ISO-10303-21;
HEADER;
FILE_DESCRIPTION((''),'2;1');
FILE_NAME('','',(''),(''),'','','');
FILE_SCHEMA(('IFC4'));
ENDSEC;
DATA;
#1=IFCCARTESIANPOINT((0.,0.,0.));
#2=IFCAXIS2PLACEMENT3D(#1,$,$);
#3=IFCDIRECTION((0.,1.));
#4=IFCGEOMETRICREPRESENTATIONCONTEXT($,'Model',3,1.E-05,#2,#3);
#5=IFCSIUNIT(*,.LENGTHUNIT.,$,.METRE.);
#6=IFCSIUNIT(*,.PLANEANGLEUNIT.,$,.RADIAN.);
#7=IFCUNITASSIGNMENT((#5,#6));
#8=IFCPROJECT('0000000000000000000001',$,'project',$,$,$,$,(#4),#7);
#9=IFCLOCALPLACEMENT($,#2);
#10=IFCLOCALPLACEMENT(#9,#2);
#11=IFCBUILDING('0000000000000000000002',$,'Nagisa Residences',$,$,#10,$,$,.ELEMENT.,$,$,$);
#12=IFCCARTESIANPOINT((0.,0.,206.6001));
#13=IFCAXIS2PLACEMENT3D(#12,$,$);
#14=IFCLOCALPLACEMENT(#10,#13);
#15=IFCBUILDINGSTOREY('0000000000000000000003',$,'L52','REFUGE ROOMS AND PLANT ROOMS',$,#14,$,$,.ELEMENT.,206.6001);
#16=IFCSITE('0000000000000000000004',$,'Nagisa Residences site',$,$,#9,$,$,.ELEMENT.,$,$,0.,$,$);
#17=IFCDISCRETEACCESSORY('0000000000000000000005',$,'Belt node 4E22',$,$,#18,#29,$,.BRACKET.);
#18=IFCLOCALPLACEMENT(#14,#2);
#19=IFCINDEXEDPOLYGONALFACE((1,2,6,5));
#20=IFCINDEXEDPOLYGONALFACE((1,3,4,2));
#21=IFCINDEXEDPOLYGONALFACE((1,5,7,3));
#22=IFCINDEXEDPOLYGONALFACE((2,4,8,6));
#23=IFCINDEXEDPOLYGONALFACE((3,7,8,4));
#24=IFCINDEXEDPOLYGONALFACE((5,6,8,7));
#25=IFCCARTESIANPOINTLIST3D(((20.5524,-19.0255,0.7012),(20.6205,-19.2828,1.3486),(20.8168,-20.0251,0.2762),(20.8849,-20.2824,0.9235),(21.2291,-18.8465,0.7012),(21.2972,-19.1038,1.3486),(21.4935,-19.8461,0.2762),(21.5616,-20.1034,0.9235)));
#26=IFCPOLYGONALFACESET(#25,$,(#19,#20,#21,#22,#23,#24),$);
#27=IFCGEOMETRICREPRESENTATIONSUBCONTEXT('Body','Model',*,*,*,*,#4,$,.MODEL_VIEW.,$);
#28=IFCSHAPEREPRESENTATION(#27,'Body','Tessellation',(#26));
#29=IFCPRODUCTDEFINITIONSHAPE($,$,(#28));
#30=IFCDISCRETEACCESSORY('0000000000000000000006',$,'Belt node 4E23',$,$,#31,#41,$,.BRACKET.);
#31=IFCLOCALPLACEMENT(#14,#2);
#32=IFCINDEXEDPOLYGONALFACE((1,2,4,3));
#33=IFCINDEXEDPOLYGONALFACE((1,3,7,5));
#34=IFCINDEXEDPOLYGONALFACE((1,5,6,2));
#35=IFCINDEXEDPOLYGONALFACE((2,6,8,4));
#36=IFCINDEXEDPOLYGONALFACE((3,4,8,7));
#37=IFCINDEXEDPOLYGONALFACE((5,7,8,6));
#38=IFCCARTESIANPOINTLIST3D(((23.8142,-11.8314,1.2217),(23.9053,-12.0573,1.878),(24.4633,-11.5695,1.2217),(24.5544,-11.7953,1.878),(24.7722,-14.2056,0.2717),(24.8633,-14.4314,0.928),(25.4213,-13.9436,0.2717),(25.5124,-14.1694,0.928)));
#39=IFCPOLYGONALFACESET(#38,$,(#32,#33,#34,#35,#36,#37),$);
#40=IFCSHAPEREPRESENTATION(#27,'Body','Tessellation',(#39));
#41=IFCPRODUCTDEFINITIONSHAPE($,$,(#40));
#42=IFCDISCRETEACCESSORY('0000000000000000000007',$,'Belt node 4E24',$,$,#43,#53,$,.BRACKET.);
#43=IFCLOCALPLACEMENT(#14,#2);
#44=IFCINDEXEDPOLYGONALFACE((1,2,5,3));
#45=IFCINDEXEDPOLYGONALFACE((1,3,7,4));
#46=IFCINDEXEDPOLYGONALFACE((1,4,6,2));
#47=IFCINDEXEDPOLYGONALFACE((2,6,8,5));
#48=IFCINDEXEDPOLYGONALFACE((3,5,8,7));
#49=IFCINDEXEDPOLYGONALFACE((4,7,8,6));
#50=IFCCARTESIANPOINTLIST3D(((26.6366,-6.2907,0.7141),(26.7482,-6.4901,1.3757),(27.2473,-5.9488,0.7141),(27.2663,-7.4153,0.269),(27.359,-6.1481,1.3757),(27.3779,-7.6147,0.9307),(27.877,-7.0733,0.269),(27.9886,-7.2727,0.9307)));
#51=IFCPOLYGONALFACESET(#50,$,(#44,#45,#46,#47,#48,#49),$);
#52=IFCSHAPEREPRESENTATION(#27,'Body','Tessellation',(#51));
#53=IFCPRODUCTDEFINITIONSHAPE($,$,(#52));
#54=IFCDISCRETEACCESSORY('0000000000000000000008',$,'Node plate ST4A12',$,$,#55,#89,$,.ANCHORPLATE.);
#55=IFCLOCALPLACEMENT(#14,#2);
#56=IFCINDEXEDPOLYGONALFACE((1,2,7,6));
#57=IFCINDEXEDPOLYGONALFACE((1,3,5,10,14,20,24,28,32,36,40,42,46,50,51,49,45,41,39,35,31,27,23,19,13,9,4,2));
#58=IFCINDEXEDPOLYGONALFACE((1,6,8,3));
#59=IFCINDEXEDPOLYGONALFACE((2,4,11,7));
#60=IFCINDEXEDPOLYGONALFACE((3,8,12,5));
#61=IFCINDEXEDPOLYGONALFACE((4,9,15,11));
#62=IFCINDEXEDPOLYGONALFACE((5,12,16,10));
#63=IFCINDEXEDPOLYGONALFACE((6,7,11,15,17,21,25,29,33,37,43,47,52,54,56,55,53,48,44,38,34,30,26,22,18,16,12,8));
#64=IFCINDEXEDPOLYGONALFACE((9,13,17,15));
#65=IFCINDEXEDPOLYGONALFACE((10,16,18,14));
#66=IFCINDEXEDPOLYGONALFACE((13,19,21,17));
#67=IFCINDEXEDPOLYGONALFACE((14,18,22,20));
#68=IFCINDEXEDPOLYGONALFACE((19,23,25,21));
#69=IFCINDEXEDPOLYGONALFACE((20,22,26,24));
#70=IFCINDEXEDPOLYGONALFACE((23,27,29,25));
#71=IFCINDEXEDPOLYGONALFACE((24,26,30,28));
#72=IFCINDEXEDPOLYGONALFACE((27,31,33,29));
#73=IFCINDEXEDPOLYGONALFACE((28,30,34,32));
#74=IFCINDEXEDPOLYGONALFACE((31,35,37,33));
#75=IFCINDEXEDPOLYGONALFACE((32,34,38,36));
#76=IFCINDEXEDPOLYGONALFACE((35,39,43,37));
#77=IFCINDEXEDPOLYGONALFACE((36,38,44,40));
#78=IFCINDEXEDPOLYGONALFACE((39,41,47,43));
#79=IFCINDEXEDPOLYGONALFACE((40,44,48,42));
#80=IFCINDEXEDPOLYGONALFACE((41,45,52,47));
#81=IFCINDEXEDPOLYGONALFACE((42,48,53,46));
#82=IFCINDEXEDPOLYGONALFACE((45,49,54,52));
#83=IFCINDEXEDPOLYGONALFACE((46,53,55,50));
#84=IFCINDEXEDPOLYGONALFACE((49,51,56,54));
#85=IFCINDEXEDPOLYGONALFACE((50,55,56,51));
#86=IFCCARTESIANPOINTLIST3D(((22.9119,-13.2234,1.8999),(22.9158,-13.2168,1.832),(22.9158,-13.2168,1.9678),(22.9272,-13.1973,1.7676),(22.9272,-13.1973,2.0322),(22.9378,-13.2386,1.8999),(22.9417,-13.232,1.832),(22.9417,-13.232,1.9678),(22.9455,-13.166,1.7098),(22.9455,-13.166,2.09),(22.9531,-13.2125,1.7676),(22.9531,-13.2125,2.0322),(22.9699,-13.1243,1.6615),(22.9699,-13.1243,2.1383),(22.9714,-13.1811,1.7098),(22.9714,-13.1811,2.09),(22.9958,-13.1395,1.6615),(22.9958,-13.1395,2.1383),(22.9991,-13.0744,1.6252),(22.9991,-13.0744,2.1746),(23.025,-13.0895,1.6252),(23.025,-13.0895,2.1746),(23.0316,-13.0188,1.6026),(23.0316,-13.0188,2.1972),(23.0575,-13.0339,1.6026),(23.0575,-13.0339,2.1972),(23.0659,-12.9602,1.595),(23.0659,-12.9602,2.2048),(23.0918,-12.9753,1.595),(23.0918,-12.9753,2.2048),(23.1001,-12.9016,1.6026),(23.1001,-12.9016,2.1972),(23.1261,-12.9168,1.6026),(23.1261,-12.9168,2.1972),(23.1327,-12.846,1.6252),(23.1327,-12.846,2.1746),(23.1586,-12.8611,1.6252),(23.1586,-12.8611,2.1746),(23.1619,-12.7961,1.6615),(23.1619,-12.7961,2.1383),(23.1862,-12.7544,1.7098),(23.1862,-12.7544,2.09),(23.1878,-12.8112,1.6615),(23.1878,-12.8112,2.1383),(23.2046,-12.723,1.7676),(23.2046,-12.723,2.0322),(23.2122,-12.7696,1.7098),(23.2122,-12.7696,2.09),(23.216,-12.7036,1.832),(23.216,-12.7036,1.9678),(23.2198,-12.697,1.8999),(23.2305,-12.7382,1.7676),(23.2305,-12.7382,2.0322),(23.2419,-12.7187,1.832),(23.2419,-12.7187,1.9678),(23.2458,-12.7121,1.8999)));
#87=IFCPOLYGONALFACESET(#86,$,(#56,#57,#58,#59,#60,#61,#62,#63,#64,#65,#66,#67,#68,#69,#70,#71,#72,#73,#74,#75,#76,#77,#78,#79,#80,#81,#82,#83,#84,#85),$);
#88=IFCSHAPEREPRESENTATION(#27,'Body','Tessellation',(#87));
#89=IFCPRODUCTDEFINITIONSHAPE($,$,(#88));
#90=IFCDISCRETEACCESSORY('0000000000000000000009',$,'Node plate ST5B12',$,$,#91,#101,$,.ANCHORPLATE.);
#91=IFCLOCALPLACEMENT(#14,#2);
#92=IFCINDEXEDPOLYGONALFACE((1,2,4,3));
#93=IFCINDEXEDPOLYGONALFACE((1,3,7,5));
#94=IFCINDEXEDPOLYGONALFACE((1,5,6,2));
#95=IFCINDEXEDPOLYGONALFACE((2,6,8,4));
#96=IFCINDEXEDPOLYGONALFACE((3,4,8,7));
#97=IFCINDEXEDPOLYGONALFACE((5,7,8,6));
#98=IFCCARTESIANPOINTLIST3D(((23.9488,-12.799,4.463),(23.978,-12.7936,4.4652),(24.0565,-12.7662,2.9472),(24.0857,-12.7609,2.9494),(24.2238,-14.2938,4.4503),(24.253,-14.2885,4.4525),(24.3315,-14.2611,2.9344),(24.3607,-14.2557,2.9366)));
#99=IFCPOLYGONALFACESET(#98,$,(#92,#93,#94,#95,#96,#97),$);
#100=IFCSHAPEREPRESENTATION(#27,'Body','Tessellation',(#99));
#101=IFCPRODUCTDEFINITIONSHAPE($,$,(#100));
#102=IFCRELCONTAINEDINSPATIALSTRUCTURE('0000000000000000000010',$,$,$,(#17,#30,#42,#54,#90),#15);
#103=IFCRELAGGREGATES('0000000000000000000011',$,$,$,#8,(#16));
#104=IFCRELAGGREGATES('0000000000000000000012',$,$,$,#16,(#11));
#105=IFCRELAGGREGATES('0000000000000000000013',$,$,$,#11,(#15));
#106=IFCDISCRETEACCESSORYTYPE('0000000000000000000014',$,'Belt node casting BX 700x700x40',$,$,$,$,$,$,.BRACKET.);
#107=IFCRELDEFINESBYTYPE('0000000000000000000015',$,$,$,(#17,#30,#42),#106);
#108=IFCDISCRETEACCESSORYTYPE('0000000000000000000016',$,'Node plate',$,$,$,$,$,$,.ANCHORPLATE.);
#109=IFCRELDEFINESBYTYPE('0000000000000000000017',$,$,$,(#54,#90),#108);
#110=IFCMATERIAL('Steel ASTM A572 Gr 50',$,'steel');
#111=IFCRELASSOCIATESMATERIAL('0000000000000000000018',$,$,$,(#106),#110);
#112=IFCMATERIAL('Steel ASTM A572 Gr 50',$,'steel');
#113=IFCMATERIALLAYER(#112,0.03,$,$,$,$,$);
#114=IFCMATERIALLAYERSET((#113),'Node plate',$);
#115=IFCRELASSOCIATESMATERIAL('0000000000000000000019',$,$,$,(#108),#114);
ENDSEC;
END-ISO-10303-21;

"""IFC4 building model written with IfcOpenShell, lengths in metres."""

from ifc_helpers import new_model, si_unit, direction, frame, origin, origin_2d, place, context, subcontext, project, spatial, rectangle, circle, extrude, material, layer, layer_set, type_object, element, save


model = new_model("IFC4")

# Units and contexts
model_context = context("Model", 3, precision=1e-05, world=origin(), true_north=direction((0.0, 1.0)))
body_context = subcontext(model_context, "Body", "Model", "MODEL_VIEW")
ifc_project = project(units=[si_unit("LENGTHUNIT", "METRE"), si_unit("PLANEANGLEUNIT", "RADIAN")], contexts=[model_context])

# Site, building, storey
site_placement = place(None, origin())
site = spatial("IfcSite", under=ifc_project, at=site_placement, Name="Nagisa Residences site", CompositionType="ELEMENT", RefElevation=0.0)
building_placement = place(site_placement, origin())
building = spatial("IfcBuilding", under=site, at=building_placement, Name="Nagisa Residences", CompositionType="ELEMENT")
storey_placement = place(building_placement, frame((0.0, 0.0, 206.6001)))
storey = spatial("IfcBuildingStorey", under=building, at=storey_placement, Name="L52", Description="REFUGE ROOMS AND PLANT ROOMS", CompositionType="ELEMENT", Elevation=206.6001)

# Discrete accessories
ifc_material_1 = material(Name="Steel ASTM A572 Gr 50", Category="steel")
discrete_accessory_type_1 = type_object("IfcDiscreteAccessoryType", Name="Belt node casting BX 700x700x40", PredefinedType="BRACKET", material=ifc_material_1)
discrete_accessory_1_placement = place(storey_placement, frame((21.1892, -20.0642, 0.5999), z_axis=(-0.236528, 0.894134, 0.380236), x_axis=(-0.966746, -0.255737, 0.0)))
element("IfcDiscreteAccessory", 1, at=discrete_accessory_1_placement, inside=storey, type_object=discrete_accessory_type_1, Name="Belt node 4E22", PredefinedType="BRACKET", context=body_context, shape_type="SweptSolid", body=[
    extrude(rectangle(XDim=0.7, YDim=0.7, at=origin_2d()), origin(), (0.0, 0.0, 1.0), 1.1179),
])
discrete_accessory_2_placement = place(storey_placement, frame((25.1423, -14.1875, 0.5999), z_axis=(-0.350842, 0.869415, 0.347891), x_axis=(-0.927341, -0.374217, 0.0)))
element("IfcDiscreteAccessory", 2, at=discrete_accessory_2_placement, inside=storey, type_object=discrete_accessory_type_1, Name="Belt node 4E23", PredefinedType="BRACKET", context=body_context, shape_type="SweptSolid", body=[
    extrude(rectangle(XDim=0.7, YDim=0.7, at=origin_2d()), origin(), (0.0, 0.0, 1.0), 2.7307),
])
discrete_accessory_3_placement = place(storey_placement, frame((27.6274, -7.344, 0.5999), z_axis=(-0.461791, 0.824741, 0.326423), x_axis=(-0.872535, -0.488551, 0.0)))
element("IfcDiscreteAccessory", 3, at=discrete_accessory_3_placement, inside=storey, type_object=discrete_accessory_type_1, Name="Belt node 4E24", PredefinedType="BRACKET", context=body_context, shape_type="SweptSolid", body=[
    extrude(rectangle(XDim=0.7, YDim=0.7, at=origin_2d()), origin(), (0.0, 0.0, 1.0), 1.3635),
])
ifc_material_2 = material(Name="Steel ASTM A572 Gr 50", Category="steel")
ifc_layer = layer(ifc_material_2, 0.03)
ifc_layer_set = layer_set([ifc_layer], Name="Node plate")
discrete_accessory_type_2 = type_object("IfcDiscreteAccessoryType", Name="Node plate", PredefinedType="ANCHORPLATE", material=ifc_layer_set)
discrete_accessory_4_placement = place(storey_placement, frame((23.0918, -12.9753, 1.8999), z_axis=(-0.863188, 0.504883, 0.0), x_axis=(-0.504883, -0.863188, 0.0)))
element("IfcDiscreteAccessory", 4, at=discrete_accessory_4_placement, inside=storey, type_object=discrete_accessory_type_2, Name="Node plate ST4A12", PredefinedType="ANCHORPLATE", context=body_context, shape_type="SweptSolid", body=[
    extrude(circle(Radius=0.3049, at=origin_2d()), origin(), (0.0, 0.0, 1.0), 0.03),
])
discrete_accessory_5_placement = place(storey_placement, frame((24.1401, -13.53, 3.6987), z_axis=(0.980941, 0.179839, 0.073571), x_axis=(-0.18093, 0.98346, 0.008385)))
element("IfcDiscreteAccessory", 5, at=discrete_accessory_5_placement, inside=storey, type_object=discrete_accessory_type_2, Name="Node plate ST5B12", PredefinedType="ANCHORPLATE", context=body_context, shape_type="SweptSolid", body=[
    extrude(rectangle(XDim=1.52, YDim=1.52, at=origin_2d()), origin(), (0.0, 0.0, 1.0), 0.0298),
])

save(model, "model.ifc")
